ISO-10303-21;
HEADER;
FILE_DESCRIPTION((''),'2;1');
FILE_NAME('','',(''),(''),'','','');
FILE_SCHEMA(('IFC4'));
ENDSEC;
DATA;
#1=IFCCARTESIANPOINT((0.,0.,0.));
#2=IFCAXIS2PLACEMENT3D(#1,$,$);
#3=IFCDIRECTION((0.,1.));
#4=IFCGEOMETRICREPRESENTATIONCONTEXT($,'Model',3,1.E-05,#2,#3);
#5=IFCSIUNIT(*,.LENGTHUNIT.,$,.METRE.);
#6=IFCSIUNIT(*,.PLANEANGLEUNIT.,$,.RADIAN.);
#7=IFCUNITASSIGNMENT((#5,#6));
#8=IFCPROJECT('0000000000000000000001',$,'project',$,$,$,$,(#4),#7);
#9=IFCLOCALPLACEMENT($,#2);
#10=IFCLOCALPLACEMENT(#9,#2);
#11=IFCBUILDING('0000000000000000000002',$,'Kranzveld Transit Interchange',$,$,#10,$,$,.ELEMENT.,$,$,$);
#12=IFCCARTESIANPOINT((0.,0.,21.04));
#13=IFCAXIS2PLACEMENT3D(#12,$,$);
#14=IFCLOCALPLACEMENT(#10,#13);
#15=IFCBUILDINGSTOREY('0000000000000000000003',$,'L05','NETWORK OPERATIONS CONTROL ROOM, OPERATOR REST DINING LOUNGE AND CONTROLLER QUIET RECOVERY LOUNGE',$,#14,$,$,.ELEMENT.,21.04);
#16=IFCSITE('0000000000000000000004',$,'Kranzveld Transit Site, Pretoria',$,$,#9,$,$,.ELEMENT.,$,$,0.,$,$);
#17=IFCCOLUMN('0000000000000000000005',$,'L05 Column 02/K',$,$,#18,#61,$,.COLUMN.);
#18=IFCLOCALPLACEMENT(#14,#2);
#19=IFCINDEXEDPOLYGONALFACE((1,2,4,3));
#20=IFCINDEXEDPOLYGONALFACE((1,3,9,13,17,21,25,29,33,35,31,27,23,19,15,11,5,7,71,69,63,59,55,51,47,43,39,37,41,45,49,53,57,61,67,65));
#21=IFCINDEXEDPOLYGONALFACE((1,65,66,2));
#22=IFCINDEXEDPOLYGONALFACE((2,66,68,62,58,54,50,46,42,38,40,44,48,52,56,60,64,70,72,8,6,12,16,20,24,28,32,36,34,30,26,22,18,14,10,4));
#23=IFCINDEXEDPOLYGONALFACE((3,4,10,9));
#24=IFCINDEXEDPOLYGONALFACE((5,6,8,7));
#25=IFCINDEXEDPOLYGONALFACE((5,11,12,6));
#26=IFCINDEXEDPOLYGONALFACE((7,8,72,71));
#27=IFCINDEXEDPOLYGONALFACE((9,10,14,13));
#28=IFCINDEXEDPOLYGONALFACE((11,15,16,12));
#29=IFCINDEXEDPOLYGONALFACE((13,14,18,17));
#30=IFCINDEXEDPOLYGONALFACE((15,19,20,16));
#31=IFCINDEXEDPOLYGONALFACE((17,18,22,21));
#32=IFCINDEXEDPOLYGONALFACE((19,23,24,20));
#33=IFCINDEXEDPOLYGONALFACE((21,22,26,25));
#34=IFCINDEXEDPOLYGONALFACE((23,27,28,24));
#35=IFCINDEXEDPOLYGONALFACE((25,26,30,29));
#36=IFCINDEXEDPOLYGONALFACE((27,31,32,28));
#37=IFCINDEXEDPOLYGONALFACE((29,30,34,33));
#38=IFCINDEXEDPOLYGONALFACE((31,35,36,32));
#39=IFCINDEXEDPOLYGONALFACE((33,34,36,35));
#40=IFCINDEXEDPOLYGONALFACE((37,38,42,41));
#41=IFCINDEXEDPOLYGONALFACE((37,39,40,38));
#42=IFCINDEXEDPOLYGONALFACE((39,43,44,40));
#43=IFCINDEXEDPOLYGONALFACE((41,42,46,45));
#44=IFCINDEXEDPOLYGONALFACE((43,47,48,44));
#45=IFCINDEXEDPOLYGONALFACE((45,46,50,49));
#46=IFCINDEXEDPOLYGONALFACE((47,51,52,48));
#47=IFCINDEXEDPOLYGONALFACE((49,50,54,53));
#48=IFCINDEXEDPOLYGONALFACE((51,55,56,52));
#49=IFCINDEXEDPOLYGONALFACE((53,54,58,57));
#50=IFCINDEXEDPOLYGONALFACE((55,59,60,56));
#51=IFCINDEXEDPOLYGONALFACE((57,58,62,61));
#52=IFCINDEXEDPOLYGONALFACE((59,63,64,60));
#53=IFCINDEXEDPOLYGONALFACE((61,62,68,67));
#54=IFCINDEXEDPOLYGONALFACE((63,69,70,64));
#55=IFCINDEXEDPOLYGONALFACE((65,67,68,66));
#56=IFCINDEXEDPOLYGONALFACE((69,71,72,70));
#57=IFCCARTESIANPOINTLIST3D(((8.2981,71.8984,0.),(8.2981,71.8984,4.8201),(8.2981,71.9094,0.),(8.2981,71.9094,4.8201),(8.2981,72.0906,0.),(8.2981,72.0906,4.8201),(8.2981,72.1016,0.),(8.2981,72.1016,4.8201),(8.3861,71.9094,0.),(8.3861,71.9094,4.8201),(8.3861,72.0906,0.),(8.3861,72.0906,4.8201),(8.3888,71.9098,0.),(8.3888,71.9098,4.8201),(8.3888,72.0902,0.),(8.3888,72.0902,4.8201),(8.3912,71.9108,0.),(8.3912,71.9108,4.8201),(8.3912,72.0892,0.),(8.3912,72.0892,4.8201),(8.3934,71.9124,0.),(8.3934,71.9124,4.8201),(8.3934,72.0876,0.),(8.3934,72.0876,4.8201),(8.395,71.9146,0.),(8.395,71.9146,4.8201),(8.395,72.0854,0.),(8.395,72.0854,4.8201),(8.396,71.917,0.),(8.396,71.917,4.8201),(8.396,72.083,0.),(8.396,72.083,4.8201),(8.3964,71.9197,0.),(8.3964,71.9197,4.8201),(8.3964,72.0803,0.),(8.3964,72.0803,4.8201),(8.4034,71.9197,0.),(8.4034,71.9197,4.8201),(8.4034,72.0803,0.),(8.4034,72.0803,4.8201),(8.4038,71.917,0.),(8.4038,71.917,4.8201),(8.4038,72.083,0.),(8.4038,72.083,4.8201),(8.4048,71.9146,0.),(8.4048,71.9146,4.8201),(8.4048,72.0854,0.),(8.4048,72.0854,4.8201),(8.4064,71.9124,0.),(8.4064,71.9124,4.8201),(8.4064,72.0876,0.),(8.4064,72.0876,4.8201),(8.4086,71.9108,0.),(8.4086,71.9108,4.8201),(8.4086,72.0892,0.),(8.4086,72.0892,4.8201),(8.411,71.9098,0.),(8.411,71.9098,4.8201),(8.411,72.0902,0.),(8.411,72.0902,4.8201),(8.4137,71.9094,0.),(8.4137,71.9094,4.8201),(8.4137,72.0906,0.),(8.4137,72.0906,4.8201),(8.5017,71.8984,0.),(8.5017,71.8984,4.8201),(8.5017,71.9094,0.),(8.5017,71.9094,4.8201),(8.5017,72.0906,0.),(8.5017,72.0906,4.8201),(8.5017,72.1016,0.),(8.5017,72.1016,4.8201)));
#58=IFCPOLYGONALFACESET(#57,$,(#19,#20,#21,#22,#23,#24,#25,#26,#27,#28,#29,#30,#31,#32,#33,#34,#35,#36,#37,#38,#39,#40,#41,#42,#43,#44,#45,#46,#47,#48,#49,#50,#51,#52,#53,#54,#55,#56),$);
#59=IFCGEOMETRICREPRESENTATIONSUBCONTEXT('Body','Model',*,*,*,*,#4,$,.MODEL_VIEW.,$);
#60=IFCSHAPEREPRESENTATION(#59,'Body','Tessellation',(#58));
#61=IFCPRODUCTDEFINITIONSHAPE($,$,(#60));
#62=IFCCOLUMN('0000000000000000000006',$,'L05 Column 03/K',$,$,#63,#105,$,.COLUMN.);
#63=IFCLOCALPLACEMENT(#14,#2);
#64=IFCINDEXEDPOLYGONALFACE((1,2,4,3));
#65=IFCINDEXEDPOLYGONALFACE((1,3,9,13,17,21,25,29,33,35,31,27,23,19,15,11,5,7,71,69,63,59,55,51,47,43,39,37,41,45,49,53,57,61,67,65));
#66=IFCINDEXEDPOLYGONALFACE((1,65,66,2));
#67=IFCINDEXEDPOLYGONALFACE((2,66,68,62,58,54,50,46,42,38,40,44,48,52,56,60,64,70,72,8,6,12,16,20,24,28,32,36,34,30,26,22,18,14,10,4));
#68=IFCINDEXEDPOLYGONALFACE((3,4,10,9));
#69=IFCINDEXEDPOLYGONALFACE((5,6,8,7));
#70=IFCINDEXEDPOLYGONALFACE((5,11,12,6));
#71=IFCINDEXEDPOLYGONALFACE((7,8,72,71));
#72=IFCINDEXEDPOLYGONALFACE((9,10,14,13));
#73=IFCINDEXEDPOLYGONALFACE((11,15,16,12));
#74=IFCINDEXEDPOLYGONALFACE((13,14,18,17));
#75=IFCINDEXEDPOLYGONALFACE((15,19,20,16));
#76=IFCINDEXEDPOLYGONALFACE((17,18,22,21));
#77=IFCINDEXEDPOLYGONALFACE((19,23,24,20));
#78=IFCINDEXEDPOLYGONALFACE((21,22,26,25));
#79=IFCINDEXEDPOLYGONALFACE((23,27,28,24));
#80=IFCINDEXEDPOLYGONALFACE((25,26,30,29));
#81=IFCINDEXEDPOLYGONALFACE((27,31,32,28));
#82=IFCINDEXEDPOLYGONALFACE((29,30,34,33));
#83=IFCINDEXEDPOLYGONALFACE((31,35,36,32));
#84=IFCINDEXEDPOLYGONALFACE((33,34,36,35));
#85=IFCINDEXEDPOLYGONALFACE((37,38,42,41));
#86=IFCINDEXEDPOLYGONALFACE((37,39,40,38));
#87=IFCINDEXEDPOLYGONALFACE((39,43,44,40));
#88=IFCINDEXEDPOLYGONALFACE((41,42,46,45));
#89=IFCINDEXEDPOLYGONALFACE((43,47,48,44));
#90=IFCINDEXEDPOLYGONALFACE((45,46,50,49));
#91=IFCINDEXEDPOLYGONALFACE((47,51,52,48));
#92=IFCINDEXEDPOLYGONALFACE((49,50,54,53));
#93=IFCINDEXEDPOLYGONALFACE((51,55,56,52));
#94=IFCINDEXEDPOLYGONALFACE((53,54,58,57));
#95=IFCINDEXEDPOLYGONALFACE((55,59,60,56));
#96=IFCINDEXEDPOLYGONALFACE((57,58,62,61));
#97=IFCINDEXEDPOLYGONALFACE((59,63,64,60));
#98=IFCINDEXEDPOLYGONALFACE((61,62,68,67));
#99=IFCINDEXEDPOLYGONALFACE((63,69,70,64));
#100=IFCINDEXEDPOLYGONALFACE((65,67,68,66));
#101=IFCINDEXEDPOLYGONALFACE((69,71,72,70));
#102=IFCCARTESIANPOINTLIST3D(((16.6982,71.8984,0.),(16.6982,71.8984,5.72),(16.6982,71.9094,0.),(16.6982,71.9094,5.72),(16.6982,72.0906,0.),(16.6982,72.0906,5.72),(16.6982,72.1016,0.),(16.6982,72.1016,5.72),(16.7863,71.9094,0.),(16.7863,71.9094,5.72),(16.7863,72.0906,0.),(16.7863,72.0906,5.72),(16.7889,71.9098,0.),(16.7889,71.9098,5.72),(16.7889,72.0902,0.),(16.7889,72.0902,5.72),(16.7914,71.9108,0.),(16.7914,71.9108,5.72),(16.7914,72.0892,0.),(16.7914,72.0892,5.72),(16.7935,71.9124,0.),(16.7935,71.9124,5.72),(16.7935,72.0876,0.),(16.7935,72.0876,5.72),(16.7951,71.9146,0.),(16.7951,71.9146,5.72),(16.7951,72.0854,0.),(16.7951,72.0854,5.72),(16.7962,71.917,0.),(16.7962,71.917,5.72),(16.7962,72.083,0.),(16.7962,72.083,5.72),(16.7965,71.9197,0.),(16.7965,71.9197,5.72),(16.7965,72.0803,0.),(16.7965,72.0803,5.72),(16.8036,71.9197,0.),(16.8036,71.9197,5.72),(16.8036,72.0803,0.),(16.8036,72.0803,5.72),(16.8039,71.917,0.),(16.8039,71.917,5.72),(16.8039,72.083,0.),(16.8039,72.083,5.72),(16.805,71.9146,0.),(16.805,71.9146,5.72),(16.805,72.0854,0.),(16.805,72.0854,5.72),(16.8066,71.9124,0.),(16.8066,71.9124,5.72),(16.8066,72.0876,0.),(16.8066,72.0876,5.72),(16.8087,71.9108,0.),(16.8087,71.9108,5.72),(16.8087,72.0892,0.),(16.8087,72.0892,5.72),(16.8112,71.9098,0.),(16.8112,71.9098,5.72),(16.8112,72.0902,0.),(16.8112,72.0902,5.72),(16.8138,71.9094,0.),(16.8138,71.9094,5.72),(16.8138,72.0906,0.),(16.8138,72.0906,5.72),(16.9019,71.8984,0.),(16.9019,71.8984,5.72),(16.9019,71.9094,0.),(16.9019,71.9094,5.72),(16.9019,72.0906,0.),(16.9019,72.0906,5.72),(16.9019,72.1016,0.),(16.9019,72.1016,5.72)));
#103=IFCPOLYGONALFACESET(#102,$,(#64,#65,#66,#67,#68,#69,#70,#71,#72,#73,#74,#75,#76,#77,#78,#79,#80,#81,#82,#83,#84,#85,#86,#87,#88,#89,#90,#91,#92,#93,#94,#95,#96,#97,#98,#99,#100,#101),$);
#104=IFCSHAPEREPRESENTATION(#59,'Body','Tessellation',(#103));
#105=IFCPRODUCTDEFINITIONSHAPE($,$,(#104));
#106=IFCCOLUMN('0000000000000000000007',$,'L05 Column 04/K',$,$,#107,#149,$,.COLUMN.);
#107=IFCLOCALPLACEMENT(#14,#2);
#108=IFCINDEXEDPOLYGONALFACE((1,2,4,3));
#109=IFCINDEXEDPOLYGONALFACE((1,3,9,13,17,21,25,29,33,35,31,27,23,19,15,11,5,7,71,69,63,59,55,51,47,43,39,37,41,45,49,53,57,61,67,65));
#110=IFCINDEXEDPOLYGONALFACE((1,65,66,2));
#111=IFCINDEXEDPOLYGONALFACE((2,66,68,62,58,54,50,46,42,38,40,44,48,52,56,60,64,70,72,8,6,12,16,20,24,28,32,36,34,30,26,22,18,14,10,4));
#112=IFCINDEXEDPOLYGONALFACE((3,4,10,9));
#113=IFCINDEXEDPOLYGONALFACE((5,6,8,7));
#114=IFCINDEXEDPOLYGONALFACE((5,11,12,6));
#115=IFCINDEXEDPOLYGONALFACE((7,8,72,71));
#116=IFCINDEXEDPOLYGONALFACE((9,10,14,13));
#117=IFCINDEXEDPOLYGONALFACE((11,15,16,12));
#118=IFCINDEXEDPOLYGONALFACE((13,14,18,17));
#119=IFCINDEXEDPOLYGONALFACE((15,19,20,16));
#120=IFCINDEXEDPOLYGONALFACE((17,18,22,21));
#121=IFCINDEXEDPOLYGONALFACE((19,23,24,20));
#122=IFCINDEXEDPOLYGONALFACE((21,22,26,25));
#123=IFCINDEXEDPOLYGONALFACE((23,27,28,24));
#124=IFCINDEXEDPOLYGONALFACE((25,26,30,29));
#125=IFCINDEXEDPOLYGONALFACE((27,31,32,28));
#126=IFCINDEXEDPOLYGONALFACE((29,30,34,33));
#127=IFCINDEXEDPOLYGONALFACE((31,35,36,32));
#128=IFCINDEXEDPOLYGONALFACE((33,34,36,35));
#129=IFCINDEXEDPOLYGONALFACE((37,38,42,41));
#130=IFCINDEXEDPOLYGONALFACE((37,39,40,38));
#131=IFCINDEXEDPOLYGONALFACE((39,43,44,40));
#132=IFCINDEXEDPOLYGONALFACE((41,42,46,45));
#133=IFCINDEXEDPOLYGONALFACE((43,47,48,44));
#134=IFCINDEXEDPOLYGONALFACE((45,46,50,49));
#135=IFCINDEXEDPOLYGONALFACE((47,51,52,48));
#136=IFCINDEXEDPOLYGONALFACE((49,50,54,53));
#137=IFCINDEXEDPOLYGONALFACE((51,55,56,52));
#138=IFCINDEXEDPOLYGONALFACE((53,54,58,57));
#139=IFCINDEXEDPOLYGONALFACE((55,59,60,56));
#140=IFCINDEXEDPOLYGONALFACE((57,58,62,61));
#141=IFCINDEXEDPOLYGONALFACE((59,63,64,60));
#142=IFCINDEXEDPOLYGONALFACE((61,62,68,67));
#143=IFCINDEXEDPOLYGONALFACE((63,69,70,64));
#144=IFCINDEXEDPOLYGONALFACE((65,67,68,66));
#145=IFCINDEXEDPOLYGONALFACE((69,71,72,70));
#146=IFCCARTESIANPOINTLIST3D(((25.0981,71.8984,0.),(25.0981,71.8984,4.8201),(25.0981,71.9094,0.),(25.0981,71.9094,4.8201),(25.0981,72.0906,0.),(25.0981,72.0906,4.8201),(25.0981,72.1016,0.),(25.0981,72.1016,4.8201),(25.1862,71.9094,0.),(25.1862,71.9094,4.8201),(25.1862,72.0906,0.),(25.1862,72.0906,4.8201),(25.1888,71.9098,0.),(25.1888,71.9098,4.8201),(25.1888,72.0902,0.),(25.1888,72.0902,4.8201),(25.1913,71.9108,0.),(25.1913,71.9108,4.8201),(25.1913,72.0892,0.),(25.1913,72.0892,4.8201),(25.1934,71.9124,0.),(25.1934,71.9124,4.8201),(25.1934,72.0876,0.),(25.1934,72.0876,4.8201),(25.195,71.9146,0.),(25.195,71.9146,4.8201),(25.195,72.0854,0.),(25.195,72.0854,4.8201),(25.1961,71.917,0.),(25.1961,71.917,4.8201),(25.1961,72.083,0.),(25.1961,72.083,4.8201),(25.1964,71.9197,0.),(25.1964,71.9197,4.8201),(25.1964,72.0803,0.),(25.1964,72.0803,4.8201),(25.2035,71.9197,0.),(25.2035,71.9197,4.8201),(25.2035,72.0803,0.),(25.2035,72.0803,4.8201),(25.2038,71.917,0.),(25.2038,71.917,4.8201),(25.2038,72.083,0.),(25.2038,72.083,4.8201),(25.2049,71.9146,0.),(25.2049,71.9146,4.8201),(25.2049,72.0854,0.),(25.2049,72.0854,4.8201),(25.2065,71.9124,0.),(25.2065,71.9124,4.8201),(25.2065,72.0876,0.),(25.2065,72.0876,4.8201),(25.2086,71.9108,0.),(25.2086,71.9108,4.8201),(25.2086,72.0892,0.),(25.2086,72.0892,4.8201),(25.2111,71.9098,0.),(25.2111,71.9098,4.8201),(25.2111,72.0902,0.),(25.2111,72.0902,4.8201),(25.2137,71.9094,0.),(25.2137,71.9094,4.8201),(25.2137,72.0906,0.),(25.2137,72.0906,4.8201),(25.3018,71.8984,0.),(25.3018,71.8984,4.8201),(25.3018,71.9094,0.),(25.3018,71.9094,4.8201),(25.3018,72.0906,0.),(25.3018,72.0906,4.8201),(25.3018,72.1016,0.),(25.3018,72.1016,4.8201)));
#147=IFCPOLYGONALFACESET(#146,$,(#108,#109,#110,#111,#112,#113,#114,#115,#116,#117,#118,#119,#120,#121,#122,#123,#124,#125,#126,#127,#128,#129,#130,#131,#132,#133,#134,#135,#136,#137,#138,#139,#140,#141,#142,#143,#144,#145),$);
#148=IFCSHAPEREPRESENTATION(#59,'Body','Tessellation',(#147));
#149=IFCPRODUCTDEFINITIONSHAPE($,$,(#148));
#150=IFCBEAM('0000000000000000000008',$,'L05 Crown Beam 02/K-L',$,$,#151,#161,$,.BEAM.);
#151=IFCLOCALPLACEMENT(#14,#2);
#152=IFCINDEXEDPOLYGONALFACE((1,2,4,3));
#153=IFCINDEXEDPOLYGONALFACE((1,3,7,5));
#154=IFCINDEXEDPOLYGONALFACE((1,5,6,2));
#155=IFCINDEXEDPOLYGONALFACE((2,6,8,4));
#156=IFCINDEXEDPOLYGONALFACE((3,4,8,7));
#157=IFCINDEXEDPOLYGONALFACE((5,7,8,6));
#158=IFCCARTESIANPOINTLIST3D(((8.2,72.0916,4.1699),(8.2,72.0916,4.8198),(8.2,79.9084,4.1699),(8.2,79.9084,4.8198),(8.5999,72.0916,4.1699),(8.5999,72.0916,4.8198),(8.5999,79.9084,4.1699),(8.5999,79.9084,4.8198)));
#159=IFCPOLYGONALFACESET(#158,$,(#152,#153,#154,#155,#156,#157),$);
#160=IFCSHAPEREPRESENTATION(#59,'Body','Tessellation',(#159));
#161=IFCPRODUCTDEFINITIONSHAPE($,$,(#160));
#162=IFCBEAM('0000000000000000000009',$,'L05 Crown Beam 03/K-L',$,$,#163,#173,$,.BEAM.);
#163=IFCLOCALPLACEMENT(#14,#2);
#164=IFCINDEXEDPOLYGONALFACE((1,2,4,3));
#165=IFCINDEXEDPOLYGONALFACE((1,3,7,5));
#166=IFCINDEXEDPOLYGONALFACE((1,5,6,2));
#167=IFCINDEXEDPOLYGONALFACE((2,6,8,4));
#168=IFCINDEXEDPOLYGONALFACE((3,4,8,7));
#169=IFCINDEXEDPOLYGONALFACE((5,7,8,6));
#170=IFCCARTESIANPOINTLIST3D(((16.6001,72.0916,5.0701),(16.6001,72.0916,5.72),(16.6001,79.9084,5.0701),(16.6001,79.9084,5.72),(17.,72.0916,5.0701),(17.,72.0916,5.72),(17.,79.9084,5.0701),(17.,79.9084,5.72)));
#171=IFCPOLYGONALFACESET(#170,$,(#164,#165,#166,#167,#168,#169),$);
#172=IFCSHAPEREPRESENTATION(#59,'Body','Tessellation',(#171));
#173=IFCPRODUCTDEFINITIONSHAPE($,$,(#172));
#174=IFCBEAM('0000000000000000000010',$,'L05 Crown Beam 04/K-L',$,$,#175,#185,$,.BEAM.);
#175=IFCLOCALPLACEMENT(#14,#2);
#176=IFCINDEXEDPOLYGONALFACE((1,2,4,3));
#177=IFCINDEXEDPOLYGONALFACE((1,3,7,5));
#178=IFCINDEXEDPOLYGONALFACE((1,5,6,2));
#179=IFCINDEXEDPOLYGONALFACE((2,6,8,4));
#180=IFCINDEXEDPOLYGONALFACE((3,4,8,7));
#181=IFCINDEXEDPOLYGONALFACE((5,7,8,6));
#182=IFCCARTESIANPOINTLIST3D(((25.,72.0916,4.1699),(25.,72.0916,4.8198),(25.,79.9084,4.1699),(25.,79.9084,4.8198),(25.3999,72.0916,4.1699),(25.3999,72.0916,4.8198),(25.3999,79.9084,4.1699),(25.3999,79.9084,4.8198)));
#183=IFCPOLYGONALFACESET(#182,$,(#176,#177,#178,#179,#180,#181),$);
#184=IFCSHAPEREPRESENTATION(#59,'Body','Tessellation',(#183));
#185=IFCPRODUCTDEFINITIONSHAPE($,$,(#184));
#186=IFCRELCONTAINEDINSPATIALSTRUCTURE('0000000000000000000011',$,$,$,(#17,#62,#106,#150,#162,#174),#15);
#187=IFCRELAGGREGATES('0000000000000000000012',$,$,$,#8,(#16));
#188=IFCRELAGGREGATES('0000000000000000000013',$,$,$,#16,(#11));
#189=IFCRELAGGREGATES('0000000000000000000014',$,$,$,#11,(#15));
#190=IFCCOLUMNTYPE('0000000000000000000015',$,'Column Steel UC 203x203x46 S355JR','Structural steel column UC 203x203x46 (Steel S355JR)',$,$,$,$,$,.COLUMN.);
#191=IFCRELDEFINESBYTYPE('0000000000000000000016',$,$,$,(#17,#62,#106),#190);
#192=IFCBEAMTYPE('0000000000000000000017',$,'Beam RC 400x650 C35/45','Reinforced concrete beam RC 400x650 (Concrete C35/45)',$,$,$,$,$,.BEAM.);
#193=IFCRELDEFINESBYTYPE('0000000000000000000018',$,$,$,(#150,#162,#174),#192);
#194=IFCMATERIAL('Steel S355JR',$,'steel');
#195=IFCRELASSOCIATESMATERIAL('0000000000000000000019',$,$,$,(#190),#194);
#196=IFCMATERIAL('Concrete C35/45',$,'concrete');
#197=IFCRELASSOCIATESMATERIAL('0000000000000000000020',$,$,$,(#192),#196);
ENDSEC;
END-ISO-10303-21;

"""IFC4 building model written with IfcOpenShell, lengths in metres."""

from ifc_helpers import new_model, si_unit, direction, frame, origin, origin_2d, place, context, subcontext, project, spatial, rectangle, i_section, extrude, material, material_profile, profile_set, type_object, element, save


model = new_model("IFC4")

# Units and contexts
model_context = context("Model", 3, precision=1e-05, world=origin(), true_north=direction((0.0, 1.0)))
body_context = subcontext(model_context, "Body", "Model", "MODEL_VIEW")
ifc_project = project(units=[si_unit("LENGTHUNIT", "METRE"), si_unit("PLANEANGLEUNIT", "RADIAN")], contexts=[model_context])

# Site, building, storey
site_placement = place(None, origin())
site = spatial("IfcSite", under=ifc_project, at=site_placement, Name="Kranzveld Transit Site, Pretoria", CompositionType="ELEMENT", RefElevation=0.0)
building_placement = place(site_placement, origin())
building = spatial("IfcBuilding", under=site, at=building_placement, Name="Kranzveld Transit Interchange", CompositionType="ELEMENT")
storey_placement = place(building_placement, frame((0.0, 0.0, 21.04)))
storey = spatial("IfcBuildingStorey", under=building, at=storey_placement, Name="L05", Description="NETWORK OPERATIONS CONTROL ROOM, OPERATOR REST DINING LOUNGE AND CONTROLLER QUIET RECOVERY LOUNGE", CompositionType="ELEMENT", Elevation=21.04)

# Columns
ifc_material_1 = material(Name="Steel S355JR", Category="steel")
ifc_material_profile_1 = material_profile(ifc_material_1, i_section(OverallWidth=0.2036, OverallDepth=0.2031, WebThickness=0.0071, FlangeThickness=0.011, FilletRadius=0.0103, at=origin_2d()), Name="UC 203x203x46")
ifc_profile_set_1 = profile_set([ifc_material_profile_1], Name="Steel S355JR")
column_type = type_object("IfcColumnType", Name="Column Steel UC 203x203x46 S355JR", Description="Structural steel column UC 203x203x46 (Steel S355JR)", PredefinedType="COLUMN", material=ifc_profile_set_1)
column_1_placement = place(storey_placement, frame((8.3999, 72.0, 0.0), z_axis=(0.0, 0.0, 1.0), x_axis=(1.0, 0.0, 0.0)))
element("IfcColumn", 1, at=column_1_placement, inside=storey, type_object=column_type, Name="L05 Column 02/K", PredefinedType="COLUMN", context=body_context, shape_type="SweptSolid", body=[
    extrude(i_section(OverallWidth=0.2036, OverallDepth=0.2031, WebThickness=0.0071, FlangeThickness=0.011, FilletRadius=0.0103, at=origin_2d()), origin(), (0.0, 0.0, 1.0), 4.8201),
])
column_2_placement = place(storey_placement, frame((16.8, 72.0, 0.0), z_axis=(0.0, 0.0, 1.0), x_axis=(1.0, 0.0, 0.0)))
element("IfcColumn", 2, at=column_2_placement, inside=storey, type_object=column_type, Name="L05 Column 03/K", PredefinedType="COLUMN", context=body_context, shape_type="SweptSolid", body=[
    extrude(i_section(OverallWidth=0.2036, OverallDepth=0.2031, WebThickness=0.0071, FlangeThickness=0.011, FilletRadius=0.0103, at=origin_2d()), origin(), (0.0, 0.0, 1.0), 5.72),
])
column_3_placement = place(storey_placement, frame((25.2, 72.0, 0.0), z_axis=(0.0, 0.0, 1.0), x_axis=(1.0, 0.0, 0.0)))
element("IfcColumn", 3, at=column_3_placement, inside=storey, type_object=column_type, Name="L05 Column 04/K", PredefinedType="COLUMN", context=body_context, shape_type="SweptSolid", body=[
    extrude(i_section(OverallWidth=0.2036, OverallDepth=0.2031, WebThickness=0.0071, FlangeThickness=0.011, FilletRadius=0.0103, at=origin_2d()), origin(), (0.0, 0.0, 1.0), 4.8201),
])

# Beams
ifc_material_2 = material(Name="Concrete C35/45", Category="concrete")
ifc_material_profile_2 = material_profile(ifc_material_2, rectangle(XDim=0.3999, YDim=0.6499, at=origin_2d()), Name="RC 400x650")
ifc_profile_set_2 = profile_set([ifc_material_profile_2], Name="Concrete C35/45")
beam_type_1 = type_object("IfcBeamType", Name="Beam RC 400x650 C35/45", Description="Reinforced concrete beam RC 400x650 (Concrete C35/45)", PredefinedType="BEAM", material=ifc_profile_set_2)
for number, where, z_axis, x_axis, name in (
    (4, (8.3999, 72.0916, 4.4949), (0.0, 1.0, 0.0), (-1.0, 0.0, 0.0), "L05 Crown Beam 02/K-L"),
    (5, (16.8, 72.0916, 5.395), (0.0, 1.0, 0.0), (-1.0, 0.0, 0.0), "L05 Crown Beam 03/K-L"),
    (6, (25.2, 72.0916, 4.4949), (0.0, 1.0, 0.0), (-1.0, 0.0, 0.0), "L05 Crown Beam 04/K-L"),
):
    element("IfcBeam", number, at=place(storey_placement, frame(where, z_axis=z_axis, x_axis=x_axis)), inside=storey, type_object=beam_type_1, Name=name, PredefinedType="BEAM", context=body_context, shape_type="SweptSolid", body=[
        extrude(rectangle(XDim=0.3999, YDim=0.6499, at=origin_2d()), origin(), (0.0, 0.0, 1.0), 7.8169),
    ])

save(model, "model.ifc")
